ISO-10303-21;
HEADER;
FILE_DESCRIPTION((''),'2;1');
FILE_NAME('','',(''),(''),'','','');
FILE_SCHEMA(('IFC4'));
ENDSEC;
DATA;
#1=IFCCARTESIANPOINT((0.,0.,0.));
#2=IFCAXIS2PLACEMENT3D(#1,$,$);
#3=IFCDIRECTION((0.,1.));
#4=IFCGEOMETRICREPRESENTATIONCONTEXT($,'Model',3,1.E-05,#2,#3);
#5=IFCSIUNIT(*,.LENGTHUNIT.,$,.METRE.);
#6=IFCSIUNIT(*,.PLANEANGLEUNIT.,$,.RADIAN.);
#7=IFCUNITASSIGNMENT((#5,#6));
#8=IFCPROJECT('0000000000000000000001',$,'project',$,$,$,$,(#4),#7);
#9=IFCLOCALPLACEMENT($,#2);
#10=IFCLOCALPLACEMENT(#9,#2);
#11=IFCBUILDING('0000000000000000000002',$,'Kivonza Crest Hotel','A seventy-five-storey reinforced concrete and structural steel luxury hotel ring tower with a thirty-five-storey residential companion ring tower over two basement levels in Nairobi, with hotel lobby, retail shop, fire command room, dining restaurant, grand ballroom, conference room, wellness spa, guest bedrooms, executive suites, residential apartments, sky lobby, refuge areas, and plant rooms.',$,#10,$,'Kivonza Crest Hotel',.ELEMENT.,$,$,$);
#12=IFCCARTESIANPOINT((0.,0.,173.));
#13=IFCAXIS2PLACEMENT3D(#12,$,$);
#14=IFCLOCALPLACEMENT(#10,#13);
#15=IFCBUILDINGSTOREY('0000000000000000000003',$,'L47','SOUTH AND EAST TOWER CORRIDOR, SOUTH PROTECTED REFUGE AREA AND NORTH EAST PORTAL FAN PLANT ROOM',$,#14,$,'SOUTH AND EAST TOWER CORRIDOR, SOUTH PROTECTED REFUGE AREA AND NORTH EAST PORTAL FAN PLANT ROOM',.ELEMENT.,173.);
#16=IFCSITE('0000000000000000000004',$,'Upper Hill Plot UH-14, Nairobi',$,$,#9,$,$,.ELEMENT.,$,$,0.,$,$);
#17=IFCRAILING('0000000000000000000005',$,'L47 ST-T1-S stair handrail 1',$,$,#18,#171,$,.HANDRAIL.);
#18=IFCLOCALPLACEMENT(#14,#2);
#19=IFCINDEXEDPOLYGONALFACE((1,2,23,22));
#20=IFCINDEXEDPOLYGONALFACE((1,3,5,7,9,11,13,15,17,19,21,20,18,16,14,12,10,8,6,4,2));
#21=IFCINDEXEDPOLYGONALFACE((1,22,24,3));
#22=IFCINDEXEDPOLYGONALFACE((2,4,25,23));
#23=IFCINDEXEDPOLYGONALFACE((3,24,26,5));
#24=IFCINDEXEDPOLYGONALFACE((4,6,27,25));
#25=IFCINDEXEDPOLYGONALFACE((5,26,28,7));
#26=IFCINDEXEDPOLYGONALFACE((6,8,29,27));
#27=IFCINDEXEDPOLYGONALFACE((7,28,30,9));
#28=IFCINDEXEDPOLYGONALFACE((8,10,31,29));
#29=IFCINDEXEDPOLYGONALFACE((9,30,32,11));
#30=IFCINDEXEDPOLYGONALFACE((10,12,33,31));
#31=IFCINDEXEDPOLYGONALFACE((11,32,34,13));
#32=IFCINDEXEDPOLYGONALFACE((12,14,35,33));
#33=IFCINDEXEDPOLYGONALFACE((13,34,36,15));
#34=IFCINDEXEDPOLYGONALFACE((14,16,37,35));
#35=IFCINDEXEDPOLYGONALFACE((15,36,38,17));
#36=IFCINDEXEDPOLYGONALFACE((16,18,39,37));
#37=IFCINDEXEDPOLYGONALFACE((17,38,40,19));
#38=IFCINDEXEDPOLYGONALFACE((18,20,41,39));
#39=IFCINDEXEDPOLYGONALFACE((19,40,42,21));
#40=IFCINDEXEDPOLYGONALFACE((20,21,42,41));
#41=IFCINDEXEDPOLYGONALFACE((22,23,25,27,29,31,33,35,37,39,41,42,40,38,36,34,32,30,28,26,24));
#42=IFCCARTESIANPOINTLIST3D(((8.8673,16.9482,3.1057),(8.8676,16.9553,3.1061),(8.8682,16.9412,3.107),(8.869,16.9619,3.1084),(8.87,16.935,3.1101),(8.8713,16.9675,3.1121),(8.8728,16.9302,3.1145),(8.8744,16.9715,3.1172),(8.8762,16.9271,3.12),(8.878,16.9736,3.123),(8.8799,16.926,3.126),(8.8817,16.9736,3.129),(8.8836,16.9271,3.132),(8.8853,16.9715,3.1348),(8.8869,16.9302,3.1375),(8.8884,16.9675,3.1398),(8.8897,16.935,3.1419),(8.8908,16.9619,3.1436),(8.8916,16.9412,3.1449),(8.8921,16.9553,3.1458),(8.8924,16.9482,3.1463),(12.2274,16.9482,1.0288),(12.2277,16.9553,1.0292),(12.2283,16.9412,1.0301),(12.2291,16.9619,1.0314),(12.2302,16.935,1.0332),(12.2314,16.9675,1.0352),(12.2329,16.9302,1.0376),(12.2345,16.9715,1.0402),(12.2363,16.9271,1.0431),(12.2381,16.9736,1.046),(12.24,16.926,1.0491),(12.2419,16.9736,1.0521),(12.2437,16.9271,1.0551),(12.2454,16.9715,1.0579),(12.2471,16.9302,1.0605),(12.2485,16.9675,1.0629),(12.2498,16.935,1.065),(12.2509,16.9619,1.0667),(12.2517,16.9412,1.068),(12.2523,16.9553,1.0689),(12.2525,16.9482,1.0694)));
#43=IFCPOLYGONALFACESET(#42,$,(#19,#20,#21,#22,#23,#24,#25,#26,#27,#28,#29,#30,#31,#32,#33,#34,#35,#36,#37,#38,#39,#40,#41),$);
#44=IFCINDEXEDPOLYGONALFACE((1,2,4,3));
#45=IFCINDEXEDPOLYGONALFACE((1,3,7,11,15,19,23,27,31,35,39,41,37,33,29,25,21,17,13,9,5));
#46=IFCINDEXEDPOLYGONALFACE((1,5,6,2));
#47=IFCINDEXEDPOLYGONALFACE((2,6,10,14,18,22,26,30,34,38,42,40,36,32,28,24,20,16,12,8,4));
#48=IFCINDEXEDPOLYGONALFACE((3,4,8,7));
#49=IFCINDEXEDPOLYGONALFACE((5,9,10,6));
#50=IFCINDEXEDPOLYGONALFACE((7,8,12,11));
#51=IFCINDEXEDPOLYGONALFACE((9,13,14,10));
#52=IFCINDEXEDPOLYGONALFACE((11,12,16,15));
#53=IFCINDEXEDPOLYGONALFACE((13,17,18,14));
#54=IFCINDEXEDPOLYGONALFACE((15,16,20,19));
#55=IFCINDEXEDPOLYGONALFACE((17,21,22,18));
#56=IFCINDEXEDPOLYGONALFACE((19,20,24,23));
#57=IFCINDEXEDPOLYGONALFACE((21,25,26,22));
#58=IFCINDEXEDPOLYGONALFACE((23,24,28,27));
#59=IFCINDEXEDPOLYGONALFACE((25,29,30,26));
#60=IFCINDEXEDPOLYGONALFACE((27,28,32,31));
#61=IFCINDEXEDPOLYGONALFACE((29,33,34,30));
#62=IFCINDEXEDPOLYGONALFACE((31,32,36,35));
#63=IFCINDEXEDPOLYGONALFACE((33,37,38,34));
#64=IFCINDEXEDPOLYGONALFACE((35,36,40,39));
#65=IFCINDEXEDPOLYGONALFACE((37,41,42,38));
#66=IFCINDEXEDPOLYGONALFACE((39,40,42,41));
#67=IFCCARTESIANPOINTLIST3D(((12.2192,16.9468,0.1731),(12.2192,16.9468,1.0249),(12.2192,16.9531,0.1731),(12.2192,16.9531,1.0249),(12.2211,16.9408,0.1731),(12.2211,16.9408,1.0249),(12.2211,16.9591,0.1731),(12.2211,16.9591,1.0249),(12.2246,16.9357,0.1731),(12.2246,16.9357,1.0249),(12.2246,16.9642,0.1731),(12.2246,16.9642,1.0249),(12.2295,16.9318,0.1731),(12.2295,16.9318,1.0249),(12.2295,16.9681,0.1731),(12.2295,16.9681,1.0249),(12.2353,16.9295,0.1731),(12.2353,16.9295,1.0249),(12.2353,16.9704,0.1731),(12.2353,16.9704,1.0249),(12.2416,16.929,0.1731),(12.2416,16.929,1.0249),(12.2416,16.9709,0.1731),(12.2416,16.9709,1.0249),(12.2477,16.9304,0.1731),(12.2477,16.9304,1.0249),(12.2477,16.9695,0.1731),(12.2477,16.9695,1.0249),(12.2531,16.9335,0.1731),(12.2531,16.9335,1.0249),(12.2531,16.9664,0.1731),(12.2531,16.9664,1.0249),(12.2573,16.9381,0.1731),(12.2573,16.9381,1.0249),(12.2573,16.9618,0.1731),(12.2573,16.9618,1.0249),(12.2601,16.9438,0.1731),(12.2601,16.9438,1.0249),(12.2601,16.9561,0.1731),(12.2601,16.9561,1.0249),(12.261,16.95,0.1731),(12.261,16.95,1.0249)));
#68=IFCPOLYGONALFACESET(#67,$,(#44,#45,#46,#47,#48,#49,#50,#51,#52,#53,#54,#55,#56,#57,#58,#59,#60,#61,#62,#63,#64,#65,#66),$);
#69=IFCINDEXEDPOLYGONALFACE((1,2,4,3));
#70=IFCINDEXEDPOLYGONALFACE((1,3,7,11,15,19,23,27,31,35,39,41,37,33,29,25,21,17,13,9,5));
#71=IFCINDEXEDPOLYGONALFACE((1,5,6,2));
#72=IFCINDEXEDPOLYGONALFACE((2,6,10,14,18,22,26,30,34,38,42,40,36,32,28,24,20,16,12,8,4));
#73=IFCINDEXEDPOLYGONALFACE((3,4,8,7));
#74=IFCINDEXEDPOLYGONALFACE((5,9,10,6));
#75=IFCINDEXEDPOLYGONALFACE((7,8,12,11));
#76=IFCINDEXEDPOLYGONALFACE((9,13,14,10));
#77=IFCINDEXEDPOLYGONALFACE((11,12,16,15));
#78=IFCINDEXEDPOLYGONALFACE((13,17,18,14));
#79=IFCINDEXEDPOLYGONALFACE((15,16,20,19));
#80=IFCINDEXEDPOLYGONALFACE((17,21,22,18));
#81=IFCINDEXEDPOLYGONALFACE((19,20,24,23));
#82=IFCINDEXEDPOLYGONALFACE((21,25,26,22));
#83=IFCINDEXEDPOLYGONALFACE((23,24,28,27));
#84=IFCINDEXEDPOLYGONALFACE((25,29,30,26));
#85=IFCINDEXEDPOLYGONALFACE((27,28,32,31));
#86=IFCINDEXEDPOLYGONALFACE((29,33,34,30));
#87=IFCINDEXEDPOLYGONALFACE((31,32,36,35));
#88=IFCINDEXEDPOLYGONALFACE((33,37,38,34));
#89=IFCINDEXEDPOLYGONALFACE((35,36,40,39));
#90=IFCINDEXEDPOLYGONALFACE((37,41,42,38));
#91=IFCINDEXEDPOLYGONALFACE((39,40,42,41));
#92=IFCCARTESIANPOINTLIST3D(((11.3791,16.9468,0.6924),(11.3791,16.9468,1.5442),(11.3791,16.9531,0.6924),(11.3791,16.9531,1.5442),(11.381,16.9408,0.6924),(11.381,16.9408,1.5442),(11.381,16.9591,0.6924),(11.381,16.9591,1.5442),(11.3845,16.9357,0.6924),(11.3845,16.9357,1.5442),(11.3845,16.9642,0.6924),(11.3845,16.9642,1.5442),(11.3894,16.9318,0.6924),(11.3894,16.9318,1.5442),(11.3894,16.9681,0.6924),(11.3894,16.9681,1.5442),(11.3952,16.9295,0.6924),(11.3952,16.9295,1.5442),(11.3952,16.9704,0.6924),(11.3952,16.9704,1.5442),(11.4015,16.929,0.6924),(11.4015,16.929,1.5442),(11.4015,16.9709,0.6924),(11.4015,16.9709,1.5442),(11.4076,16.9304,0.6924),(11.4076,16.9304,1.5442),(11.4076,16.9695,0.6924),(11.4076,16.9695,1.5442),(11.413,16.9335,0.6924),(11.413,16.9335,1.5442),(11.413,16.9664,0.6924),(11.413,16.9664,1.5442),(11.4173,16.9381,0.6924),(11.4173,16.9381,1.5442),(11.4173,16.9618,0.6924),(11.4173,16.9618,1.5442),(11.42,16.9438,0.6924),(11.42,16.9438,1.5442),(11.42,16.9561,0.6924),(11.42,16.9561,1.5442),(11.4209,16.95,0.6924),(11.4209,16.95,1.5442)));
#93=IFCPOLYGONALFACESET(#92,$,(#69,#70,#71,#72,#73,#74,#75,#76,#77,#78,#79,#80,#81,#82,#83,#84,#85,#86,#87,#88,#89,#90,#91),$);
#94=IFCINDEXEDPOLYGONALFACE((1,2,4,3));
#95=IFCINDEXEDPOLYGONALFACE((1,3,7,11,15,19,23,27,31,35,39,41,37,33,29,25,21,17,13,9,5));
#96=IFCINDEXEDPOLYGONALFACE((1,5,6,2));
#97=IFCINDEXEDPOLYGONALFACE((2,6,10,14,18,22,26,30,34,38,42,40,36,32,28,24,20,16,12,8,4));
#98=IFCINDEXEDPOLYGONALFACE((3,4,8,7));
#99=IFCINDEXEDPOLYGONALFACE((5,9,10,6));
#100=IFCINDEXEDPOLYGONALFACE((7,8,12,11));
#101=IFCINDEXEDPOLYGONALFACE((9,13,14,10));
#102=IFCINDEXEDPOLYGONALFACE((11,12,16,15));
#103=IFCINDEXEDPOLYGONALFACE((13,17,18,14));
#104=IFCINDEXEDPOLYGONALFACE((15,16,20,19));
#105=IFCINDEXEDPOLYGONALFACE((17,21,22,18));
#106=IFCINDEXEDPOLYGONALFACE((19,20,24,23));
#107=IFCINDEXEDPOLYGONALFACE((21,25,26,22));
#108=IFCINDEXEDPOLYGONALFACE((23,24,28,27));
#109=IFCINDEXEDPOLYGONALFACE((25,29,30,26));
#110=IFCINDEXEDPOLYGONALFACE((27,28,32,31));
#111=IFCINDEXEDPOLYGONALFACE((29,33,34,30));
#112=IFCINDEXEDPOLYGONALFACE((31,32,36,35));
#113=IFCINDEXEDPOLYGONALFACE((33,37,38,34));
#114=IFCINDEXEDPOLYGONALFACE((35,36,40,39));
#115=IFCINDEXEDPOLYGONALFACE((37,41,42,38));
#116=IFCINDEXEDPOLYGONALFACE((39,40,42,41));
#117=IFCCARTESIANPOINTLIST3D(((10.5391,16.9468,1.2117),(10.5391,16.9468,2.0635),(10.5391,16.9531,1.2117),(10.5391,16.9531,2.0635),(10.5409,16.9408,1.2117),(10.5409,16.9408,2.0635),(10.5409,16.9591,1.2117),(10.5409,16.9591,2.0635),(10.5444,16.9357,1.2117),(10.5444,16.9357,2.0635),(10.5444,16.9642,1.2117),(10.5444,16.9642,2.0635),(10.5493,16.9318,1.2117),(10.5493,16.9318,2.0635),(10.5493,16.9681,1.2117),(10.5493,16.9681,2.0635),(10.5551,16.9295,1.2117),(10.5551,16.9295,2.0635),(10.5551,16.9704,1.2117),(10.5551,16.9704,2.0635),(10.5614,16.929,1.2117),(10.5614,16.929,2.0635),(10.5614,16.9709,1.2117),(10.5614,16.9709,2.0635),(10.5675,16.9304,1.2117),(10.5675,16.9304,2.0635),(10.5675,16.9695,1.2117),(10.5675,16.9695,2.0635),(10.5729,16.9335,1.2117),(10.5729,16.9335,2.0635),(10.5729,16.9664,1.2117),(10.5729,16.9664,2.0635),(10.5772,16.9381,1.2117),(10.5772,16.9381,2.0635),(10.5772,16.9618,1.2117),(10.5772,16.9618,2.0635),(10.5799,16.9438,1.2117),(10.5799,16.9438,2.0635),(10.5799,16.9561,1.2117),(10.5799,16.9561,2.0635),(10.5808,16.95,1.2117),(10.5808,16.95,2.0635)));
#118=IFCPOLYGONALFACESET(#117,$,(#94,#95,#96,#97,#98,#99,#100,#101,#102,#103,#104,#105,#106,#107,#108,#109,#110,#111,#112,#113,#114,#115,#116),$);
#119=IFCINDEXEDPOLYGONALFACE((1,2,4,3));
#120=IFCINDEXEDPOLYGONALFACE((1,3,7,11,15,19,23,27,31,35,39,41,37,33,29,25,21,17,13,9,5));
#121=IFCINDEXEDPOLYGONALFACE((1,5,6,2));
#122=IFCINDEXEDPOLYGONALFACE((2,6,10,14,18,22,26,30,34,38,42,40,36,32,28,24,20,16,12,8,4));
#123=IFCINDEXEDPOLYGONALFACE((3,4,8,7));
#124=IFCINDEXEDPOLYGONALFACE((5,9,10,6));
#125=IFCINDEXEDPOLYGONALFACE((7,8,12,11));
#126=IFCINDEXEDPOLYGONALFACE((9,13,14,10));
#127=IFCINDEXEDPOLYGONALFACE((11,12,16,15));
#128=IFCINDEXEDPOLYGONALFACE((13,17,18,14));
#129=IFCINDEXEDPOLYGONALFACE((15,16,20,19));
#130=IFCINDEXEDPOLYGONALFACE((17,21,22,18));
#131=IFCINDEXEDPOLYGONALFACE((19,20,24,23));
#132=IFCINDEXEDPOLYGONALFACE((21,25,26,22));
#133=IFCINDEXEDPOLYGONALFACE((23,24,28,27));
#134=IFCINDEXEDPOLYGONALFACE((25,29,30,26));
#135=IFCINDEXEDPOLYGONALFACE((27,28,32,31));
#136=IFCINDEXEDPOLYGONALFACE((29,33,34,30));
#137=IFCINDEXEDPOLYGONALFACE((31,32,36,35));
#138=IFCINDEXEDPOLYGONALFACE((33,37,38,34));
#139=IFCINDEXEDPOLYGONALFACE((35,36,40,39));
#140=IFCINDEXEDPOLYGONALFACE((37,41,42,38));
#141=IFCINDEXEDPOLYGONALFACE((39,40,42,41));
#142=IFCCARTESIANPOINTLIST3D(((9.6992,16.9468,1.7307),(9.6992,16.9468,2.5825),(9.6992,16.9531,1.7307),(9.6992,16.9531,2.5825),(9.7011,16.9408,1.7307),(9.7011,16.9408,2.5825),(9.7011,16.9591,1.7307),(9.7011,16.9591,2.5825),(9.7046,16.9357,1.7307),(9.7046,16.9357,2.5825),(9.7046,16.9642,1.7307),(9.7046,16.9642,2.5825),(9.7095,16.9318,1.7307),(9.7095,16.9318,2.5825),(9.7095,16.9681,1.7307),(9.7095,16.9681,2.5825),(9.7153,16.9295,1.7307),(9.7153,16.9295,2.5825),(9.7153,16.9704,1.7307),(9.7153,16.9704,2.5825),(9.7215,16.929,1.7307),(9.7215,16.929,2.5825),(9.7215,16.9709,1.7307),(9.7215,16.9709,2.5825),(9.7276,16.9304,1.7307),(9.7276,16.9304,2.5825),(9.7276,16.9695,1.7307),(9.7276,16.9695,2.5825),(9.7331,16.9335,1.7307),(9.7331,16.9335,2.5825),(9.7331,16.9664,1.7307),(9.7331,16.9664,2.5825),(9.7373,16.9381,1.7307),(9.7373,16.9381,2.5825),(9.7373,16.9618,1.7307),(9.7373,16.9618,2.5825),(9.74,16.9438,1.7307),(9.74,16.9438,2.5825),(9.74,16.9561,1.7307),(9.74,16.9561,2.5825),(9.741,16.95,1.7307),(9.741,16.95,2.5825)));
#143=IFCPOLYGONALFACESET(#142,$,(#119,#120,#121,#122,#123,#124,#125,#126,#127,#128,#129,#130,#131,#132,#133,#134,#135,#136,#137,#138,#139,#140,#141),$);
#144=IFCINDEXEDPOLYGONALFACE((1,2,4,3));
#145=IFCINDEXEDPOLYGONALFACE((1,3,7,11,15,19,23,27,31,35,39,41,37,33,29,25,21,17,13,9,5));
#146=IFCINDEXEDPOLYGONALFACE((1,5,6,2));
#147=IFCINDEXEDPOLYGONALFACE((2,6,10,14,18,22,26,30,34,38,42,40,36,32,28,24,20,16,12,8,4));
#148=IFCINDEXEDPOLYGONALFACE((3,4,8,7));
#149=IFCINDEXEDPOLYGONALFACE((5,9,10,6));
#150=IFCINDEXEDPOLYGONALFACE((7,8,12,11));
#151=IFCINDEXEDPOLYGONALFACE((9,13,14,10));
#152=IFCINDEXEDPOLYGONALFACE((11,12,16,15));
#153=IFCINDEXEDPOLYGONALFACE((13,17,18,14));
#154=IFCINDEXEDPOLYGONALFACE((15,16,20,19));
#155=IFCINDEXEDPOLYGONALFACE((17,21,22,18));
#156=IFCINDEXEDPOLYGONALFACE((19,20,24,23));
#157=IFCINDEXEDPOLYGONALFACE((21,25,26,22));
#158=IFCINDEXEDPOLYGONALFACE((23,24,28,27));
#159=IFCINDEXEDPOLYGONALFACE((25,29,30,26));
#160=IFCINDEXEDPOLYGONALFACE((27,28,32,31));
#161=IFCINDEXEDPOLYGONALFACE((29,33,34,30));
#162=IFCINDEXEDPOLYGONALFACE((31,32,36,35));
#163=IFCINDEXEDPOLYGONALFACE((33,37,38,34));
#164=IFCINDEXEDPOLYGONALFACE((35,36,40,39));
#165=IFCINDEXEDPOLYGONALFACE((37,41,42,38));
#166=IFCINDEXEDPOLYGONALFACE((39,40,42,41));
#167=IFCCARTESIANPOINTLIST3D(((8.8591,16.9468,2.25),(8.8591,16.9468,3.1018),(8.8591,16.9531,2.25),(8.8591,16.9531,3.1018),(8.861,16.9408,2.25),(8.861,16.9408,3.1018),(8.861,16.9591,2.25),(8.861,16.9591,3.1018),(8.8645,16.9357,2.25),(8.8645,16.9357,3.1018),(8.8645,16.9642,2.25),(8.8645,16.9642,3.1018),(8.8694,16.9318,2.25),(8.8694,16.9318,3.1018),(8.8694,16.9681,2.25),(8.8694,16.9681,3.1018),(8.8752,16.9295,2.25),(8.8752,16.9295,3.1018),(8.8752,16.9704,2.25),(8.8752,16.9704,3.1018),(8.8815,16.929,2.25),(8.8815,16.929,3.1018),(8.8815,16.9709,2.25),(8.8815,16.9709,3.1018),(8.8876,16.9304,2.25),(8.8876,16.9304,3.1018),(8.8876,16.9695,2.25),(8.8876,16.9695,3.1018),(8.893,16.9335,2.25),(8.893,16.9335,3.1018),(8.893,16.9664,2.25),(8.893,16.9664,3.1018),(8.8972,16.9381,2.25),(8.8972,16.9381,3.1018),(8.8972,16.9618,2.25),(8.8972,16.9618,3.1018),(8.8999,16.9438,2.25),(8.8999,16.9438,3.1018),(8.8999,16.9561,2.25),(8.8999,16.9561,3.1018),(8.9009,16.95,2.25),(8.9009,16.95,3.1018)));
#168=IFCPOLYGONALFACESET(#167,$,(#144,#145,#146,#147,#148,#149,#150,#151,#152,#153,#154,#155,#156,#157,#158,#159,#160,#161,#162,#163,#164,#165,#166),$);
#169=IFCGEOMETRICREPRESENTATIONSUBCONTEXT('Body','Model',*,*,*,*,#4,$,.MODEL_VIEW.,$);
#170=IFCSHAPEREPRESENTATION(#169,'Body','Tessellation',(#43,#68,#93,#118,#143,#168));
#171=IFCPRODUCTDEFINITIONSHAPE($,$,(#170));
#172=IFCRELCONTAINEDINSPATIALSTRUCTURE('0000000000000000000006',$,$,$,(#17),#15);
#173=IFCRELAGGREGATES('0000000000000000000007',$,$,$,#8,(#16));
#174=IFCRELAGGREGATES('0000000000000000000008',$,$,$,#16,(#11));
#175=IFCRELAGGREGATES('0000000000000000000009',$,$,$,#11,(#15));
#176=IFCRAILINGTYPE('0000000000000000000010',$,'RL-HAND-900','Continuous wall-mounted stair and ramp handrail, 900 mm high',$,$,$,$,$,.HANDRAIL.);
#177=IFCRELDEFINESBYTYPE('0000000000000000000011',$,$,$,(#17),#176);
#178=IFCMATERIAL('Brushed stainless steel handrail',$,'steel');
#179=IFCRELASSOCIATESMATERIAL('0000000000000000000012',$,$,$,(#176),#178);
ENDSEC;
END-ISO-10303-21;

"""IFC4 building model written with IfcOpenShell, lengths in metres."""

from ifc_helpers import new_model, si_unit, direction, frame, origin, origin_2d, place, context, subcontext, project, spatial, circle, extrude, material, type_object, element, save


model = new_model("IFC4")

# Units and contexts
model_context = context("Model", 3, precision=1e-05, world=origin(), true_north=direction((0.0, 1.0)))
body_context = subcontext(model_context, "Body", "Model", "MODEL_VIEW")
ifc_project = project(units=[si_unit("LENGTHUNIT", "METRE"), si_unit("PLANEANGLEUNIT", "RADIAN")], contexts=[model_context])

# Site, building, storey
site_placement = place(None, origin())
site = spatial("IfcSite", under=ifc_project, at=site_placement, Name="Upper Hill Plot UH-14, Nairobi", CompositionType="ELEMENT", RefElevation=0.0)
building_placement = place(site_placement, origin())
building = spatial("IfcBuilding", under=site, at=building_placement, Name="Kivonza Crest Hotel", Description="A seventy-five-storey reinforced concrete and structural steel luxury hotel ring tower with a thirty-five-storey residential companion ring tower over two basement levels in Nairobi, with hotel lobby, retail shop, fire command room, dining restaurant, grand ballroom, conference room, wellness spa, guest bedrooms, executive suites, residential apartments, sky lobby, refuge areas, and plant rooms.", LongName="Kivonza Crest Hotel", CompositionType="ELEMENT")
storey_placement = place(building_placement, frame((0.0, 0.0, 173.0)))
storey = spatial("IfcBuildingStorey", under=building, at=storey_placement, Name="L47", Description="SOUTH AND EAST TOWER CORRIDOR, SOUTH PROTECTED REFUGE AREA AND NORTH EAST PORTAL FAN PLANT ROOM", LongName="SOUTH AND EAST TOWER CORRIDOR, SOUTH PROTECTED REFUGE AREA AND NORTH EAST PORTAL FAN PLANT ROOM", CompositionType="ELEMENT", Elevation=173.0)

# Railing
ifc_material_1 = material(Name="Brushed stainless steel handrail", Category="steel")
railing_type_1 = type_object("IfcRailingType", Name="RL-HAND-900", Description="Continuous wall-mounted stair and ramp handrail, 900 mm high", PredefinedType="HANDRAIL", material=ifc_material_1)
railing_1_placement = place(storey_placement, frame((12.24, 16.95, 0.1731)))
element("IfcRailing", 1, at=railing_1_placement, inside=storey, type_object=railing_type_1, Name="L47 ST-T1-S stair handrail 1", PredefinedType="HANDRAIL", context=body_context, shape_type="SweptSolid", body=[
    extrude(circle(Radius=0.0239, at=origin_2d()), frame((0.0, 0.0, 0.876), z_axis=(-0.850623, 0.0, 0.525776), x_axis=(0.0, -1.0, 0.0)), (0.0, 0.0, 1.0), 3.9502),
    extrude(circle(Radius=0.021, at=origin_2d()), origin(), (0.0, 0.0, 1.0), 0.8518),
    extrude(circle(Radius=0.021, at=origin_2d()), frame((-0.8401, 0.0, 0.5193)), (0.0, 0.0, 1.0), 0.8518),
    extrude(circle(Radius=0.021, at=origin_2d()), frame((-1.6802, 0.0, 1.0386)), (0.0, 0.0, 1.0), 0.8518),
    extrude(circle(Radius=0.021, at=origin_2d()), frame((-2.52, 0.0, 1.5576)), (0.0, 0.0, 1.0), 0.8518),
    extrude(circle(Radius=0.021, at=origin_2d()), frame((-3.3601, 0.0, 2.0769)), (0.0, 0.0, 1.0), 0.8518),
])

save(model, "model.ifc")
